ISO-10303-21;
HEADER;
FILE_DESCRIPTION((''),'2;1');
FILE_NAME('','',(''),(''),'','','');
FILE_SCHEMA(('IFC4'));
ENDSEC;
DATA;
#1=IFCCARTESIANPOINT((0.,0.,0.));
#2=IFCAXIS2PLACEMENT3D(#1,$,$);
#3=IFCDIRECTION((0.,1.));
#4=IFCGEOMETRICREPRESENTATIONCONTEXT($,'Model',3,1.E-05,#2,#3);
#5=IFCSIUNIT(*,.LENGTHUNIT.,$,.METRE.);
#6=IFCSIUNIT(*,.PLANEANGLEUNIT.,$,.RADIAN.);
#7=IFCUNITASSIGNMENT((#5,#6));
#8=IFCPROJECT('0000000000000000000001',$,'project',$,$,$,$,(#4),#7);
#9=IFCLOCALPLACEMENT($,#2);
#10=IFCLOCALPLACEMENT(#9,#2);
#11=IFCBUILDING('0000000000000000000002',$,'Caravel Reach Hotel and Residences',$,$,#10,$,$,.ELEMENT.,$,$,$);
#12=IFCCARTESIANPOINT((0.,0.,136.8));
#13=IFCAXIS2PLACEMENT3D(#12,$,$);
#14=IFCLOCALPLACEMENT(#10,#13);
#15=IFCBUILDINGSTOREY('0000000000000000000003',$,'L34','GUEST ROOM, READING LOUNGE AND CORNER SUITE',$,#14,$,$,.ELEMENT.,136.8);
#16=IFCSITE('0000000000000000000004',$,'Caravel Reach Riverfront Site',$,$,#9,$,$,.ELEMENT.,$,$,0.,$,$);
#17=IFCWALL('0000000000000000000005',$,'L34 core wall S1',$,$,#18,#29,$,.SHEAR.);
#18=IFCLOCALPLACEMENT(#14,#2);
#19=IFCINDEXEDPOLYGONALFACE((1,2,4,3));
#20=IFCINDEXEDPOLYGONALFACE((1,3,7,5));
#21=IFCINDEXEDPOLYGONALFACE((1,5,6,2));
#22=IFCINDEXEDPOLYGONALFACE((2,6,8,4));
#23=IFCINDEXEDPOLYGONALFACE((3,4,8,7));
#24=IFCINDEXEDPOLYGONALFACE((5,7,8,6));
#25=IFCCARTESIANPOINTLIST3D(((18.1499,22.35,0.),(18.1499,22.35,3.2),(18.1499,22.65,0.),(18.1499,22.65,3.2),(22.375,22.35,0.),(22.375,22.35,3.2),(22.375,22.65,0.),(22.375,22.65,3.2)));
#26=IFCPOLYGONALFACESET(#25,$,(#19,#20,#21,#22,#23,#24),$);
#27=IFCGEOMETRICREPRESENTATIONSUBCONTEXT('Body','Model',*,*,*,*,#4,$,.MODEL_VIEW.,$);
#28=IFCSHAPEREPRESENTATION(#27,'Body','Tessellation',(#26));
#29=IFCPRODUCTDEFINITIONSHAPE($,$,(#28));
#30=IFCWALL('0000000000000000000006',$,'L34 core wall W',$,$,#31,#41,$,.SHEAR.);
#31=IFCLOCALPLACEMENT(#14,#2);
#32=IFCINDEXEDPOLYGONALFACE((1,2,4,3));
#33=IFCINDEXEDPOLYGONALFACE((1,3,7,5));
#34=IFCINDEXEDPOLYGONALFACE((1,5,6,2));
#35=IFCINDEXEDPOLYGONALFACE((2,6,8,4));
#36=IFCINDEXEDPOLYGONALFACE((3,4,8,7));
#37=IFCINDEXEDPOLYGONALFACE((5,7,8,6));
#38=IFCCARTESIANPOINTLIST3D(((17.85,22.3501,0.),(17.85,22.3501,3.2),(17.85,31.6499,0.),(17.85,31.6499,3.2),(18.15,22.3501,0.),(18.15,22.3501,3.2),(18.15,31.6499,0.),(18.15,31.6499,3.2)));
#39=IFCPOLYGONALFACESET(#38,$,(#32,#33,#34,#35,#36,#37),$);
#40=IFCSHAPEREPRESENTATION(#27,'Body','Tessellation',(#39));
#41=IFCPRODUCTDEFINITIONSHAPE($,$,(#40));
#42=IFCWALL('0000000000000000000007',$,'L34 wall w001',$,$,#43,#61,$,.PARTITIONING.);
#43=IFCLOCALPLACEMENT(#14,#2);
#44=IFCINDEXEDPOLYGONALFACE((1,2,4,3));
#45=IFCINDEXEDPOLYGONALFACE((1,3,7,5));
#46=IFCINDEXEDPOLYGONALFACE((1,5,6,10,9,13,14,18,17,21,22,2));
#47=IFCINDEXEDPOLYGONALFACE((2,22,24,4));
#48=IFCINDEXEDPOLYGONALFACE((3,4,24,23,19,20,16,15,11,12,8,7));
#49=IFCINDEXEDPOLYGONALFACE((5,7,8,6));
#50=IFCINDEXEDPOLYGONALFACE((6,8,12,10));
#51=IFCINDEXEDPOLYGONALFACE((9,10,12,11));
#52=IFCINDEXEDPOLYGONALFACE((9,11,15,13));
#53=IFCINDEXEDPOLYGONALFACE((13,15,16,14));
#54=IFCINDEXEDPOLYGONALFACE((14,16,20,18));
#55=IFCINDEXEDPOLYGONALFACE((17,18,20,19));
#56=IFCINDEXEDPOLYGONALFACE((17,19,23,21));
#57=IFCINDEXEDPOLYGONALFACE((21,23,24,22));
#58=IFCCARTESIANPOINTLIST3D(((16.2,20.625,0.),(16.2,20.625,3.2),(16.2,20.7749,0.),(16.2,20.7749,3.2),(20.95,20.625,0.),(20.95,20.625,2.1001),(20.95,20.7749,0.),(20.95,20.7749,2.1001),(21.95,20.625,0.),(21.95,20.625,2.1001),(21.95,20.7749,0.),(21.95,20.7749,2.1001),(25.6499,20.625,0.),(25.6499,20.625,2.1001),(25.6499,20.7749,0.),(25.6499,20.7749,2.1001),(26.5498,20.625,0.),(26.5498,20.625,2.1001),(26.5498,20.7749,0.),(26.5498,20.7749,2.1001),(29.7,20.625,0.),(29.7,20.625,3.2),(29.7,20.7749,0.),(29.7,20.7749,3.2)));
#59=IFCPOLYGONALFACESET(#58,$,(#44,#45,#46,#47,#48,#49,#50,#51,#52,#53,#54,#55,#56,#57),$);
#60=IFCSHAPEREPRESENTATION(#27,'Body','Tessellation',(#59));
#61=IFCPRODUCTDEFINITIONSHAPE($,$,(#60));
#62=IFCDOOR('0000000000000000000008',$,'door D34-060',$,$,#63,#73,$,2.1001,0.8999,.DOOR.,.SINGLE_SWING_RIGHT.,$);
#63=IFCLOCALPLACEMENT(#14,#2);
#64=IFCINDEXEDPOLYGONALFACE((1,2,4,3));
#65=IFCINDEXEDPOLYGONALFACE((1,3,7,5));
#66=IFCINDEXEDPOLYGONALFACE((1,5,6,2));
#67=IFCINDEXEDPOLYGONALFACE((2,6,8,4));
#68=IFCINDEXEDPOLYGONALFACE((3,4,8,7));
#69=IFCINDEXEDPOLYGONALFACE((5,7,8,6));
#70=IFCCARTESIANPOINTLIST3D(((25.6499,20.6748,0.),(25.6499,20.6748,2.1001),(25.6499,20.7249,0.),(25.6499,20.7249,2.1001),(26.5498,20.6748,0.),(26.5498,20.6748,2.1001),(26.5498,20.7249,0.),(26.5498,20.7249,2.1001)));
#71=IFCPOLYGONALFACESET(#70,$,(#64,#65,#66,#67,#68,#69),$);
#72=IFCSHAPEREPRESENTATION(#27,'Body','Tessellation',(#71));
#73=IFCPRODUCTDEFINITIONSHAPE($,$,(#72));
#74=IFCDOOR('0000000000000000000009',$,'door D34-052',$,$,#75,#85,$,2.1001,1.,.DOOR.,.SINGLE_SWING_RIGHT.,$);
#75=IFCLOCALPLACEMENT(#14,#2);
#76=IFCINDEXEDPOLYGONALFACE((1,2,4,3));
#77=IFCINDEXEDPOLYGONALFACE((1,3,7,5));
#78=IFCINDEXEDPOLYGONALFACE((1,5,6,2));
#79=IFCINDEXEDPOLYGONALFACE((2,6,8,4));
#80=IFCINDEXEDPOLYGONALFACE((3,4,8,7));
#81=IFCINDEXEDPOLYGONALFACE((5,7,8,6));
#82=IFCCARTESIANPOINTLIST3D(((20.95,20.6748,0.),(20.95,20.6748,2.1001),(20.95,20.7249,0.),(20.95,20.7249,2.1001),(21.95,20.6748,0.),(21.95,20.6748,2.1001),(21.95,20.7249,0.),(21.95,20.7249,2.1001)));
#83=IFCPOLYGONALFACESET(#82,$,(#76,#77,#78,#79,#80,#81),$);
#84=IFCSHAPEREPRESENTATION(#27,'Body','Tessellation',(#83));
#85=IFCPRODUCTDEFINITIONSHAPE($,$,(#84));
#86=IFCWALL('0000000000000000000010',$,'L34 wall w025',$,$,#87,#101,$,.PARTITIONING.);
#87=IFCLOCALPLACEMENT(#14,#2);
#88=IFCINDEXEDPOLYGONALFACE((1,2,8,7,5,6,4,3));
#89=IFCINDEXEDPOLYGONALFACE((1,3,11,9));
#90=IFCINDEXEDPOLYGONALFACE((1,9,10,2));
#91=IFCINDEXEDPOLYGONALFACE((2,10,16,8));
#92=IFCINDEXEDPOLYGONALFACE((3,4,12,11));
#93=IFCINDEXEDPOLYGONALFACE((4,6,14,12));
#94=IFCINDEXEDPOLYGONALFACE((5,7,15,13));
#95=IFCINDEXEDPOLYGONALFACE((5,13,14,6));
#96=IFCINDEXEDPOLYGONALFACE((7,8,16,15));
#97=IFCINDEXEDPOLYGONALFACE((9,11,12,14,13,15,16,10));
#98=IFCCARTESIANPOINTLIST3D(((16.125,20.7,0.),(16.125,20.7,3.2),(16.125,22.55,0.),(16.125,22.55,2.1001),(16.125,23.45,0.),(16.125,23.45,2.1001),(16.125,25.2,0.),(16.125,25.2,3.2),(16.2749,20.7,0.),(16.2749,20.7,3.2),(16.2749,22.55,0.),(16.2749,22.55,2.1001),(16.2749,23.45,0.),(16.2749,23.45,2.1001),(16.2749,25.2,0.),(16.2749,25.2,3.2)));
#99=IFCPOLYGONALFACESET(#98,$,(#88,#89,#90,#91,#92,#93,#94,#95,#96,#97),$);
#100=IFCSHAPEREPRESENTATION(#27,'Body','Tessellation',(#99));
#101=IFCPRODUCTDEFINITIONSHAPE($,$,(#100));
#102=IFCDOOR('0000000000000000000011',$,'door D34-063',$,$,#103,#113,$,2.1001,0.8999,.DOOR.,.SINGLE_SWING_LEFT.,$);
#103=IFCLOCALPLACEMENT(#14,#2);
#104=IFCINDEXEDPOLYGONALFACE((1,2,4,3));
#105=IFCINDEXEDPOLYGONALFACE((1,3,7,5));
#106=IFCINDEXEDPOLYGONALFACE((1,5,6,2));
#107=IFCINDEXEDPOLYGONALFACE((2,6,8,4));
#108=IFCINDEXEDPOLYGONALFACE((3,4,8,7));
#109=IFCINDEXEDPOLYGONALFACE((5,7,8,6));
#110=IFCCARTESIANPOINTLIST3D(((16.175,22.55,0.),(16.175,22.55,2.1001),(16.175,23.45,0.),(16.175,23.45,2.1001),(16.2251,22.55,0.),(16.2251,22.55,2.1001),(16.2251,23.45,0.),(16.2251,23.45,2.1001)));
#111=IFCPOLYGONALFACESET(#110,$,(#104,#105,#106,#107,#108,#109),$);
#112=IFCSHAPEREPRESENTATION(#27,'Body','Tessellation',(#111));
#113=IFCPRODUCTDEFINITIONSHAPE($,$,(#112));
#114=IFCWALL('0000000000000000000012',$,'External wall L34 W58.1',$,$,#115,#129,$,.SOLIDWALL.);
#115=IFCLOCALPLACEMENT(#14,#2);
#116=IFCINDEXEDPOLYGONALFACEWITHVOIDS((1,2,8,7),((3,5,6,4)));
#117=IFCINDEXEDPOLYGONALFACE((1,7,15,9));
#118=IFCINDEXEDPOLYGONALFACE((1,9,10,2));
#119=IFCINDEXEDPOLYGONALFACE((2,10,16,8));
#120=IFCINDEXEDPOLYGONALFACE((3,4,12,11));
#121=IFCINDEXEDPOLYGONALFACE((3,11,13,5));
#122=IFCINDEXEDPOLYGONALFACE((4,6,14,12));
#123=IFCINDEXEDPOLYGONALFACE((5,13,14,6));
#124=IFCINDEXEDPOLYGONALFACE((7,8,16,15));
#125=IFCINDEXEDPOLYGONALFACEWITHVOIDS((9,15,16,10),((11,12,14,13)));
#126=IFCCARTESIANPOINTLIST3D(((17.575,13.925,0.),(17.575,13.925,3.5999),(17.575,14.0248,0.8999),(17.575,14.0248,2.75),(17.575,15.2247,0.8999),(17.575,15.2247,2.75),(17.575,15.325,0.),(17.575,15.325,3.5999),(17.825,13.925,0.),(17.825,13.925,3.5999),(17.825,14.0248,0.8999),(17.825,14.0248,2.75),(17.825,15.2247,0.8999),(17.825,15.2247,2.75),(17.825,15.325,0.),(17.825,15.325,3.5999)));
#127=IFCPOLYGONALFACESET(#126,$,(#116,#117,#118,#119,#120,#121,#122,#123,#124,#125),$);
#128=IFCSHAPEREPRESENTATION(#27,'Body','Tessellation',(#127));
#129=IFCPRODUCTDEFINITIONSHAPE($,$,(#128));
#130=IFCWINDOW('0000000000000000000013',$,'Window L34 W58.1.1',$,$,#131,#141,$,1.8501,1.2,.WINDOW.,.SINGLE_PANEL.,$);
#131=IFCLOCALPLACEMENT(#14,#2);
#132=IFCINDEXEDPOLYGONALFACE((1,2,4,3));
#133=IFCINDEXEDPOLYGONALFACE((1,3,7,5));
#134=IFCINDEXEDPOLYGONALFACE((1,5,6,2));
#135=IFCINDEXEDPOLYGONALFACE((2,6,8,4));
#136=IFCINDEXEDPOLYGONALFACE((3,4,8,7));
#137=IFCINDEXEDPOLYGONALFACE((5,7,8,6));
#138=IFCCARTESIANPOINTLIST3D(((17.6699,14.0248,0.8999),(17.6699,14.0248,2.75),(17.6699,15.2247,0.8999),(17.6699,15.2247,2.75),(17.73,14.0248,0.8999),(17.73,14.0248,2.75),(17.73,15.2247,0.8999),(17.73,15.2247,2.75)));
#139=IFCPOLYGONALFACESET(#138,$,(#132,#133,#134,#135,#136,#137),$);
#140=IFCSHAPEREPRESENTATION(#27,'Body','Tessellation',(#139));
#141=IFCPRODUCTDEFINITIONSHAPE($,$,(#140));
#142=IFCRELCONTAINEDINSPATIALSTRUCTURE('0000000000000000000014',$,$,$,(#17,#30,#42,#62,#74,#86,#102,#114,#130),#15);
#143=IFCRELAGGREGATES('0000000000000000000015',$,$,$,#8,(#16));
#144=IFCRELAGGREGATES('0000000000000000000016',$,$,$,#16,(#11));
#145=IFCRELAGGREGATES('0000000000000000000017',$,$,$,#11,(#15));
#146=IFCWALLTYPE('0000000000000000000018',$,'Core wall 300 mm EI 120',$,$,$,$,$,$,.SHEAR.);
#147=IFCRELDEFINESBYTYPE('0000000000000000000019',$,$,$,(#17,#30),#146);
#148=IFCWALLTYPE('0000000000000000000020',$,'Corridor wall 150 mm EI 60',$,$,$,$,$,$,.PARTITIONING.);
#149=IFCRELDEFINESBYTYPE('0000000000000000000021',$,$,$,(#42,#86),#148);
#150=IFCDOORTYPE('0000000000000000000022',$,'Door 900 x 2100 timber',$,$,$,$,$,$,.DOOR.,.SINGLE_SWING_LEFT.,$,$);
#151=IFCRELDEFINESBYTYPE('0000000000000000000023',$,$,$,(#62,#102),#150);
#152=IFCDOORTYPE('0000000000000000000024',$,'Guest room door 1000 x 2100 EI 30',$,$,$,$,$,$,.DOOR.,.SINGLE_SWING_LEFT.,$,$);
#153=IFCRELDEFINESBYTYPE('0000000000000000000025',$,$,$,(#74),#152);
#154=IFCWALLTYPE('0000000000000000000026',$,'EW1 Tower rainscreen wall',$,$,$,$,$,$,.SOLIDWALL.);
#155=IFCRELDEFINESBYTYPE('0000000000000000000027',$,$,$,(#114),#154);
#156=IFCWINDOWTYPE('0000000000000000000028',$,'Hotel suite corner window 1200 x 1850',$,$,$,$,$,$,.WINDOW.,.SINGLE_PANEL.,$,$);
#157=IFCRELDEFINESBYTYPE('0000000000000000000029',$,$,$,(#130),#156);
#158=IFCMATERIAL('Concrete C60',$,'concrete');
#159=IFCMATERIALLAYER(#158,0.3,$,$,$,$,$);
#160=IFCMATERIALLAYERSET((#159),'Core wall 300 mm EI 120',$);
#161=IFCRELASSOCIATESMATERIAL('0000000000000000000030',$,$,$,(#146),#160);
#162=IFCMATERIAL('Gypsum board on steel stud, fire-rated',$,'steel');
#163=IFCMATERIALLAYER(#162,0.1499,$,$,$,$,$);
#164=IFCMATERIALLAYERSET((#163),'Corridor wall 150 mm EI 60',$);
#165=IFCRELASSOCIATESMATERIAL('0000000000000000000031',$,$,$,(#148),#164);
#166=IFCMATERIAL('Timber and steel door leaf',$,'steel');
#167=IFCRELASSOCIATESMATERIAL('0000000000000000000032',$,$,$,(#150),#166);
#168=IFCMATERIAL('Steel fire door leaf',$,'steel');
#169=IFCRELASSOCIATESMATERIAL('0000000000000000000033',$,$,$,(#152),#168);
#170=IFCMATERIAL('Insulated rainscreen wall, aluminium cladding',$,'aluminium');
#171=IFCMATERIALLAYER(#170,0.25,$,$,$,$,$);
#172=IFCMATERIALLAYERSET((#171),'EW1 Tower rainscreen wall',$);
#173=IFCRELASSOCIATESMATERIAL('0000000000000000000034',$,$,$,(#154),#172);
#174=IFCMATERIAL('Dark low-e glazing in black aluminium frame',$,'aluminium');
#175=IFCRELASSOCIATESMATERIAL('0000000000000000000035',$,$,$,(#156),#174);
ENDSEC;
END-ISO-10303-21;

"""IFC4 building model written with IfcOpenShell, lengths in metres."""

from ifc_helpers import new_model, si_unit, direction, frame, frame_2d, origin, place, context, subcontext, project, spatial, rectangle, extrude, material, layer, layer_set, type_object, element, fill, save


model = new_model("IFC4")

# Units and contexts
model_context = context("Model", 3, precision=1e-05, world=origin(), true_north=direction((0.0, 1.0)))
body_context = subcontext(model_context, "Body", "Model", "MODEL_VIEW")
ifc_project = project(units=[si_unit("LENGTHUNIT", "METRE"), si_unit("PLANEANGLEUNIT", "RADIAN")], contexts=[model_context])

# Site, building, storey
site_placement = place(None, origin())
site = spatial("IfcSite", under=ifc_project, at=site_placement, Name="Caravel Reach Riverfront Site", CompositionType="ELEMENT", RefElevation=0.0)
building_placement = place(site_placement, origin())
building = spatial("IfcBuilding", under=site, at=building_placement, Name="Caravel Reach Hotel and Residences", CompositionType="ELEMENT")
storey_placement = place(building_placement, frame((0.0, 0.0, 136.8)))
storey = spatial("IfcBuildingStorey", under=building, at=storey_placement, Name="L34", Description="GUEST ROOM, READING LOUNGE AND CORNER SUITE", CompositionType="ELEMENT", Elevation=136.8)

# Walls
ifc_material_1 = material(Name="Concrete C60", Category="concrete")
ifc_layer_1 = layer(ifc_material_1, 0.3)
ifc_layer_set_1 = layer_set([ifc_layer_1], Name="Core wall 300 mm EI 120")
wall_type_1 = type_object("IfcWallType", Name="Core wall 300 mm EI 120", PredefinedType="SHEAR", material=ifc_layer_set_1)
wall_1_placement = place(storey_placement, frame((18.1499, 22.5, 0.0), z_axis=(0.0, 0.0, 1.0), x_axis=(1.0, 0.0, 0.0)))
element("IfcWall", 1, at=wall_1_placement, inside=storey, type_object=wall_type_1, Name="L34 core wall S1", PredefinedType="SHEAR", context=body_context, shape_type="SweptSolid", body=[
    extrude(rectangle(XDim=4.2251, YDim=0.3, at=frame_2d((2.1125, 0.0))), origin(), (0.0, 0.0, 1.0), 3.2),
])
wall_2_placement = place(storey_placement, frame((18.0, 22.3501, 0.0), z_axis=(0.0, 0.0, 1.0), x_axis=(0.0, 1.0, 0.0)))
element("IfcWall", 2, at=wall_2_placement, inside=storey, type_object=wall_type_1, Name="L34 core wall W", PredefinedType="SHEAR", context=body_context, shape_type="SweptSolid", body=[
    extrude(rectangle(XDim=9.2998, YDim=0.3, at=frame_2d((4.6499, 0.0))), origin(), (0.0, 0.0, 1.0), 3.2),
])

# Wall, openings, doors
ifc_material_2 = material(Name="Gypsum board on steel stud, fire-rated", Category="steel")
ifc_layer_2 = layer(ifc_material_2, 0.1499)
ifc_layer_set_2 = layer_set([ifc_layer_2], Name="Corridor wall 150 mm EI 60")
wall_type_2 = type_object("IfcWallType", Name="Corridor wall 150 mm EI 60", PredefinedType="PARTITIONING", material=ifc_layer_set_2)
wall_3_placement = place(storey_placement, frame((16.2, 20.7, 0.0), z_axis=(0.0, 0.0, 1.0), x_axis=(1.0, 0.0, 0.0)))
wall_3 = element("IfcWall", 3, at=wall_3_placement, inside=storey, type_object=wall_type_2, Name="L34 wall w001", PredefinedType="PARTITIONING", context=body_context, shape_type="SweptSolid", body=[
    extrude(rectangle(XDim=13.5, YDim=0.1499, at=frame_2d((6.75, 0.0))), origin(), (0.0, 0.0, 1.0), 3.2),
])
opening_1_placement = place(wall_3_placement, frame((4.75, 0.0, 0.0)))
opening_1 = element("IfcOpeningElement", 4, at=opening_1_placement, cuts=wall_3, PredefinedType="OPENING", context=body_context, shape_type="SweptSolid", body=[
    extrude(rectangle(XDim=1.0, YDim=2.1001, at=frame_2d((0.5, 1.05))), frame((0.0, 0.085, 0.0), z_axis=(0.0, -1.0, 0.0), x_axis=(1.0, 0.0, 0.0)), (0.0, 0.0, 1.0), 0.1699),
])
opening_2_placement = place(wall_3_placement, frame((9.45, 0.0, 0.0)))
opening_2 = element("IfcOpeningElement", 5, at=opening_2_placement, cuts=wall_3, PredefinedType="OPENING", context=body_context, shape_type="SweptSolid", body=[
    extrude(rectangle(XDim=0.8999, YDim=2.1001, at=frame_2d((0.45, 1.05))), frame((0.0, 0.085, 0.0), z_axis=(0.0, -1.0, 0.0), x_axis=(1.0, 0.0, 0.0)), (0.0, 0.0, 1.0), 0.1699),
])
ifc_material_3 = material(Name="Timber and steel door leaf", Category="steel")
door_type_1 = type_object("IfcDoorType", Name="Door 900 x 2100 timber", OperationType="SINGLE_SWING_LEFT", PredefinedType="DOOR", material=ifc_material_3)
door_1_placement = place(opening_2_placement, origin())
door_1 = element("IfcDoor", 6, at=door_1_placement, inside=storey, type_object=door_type_1, Name="door D34-060", OperationType="SINGLE_SWING_RIGHT", OverallHeight=2.1001, OverallWidth=0.8999, PredefinedType="DOOR", context=body_context, shape_type="SweptSolid", body=[
    extrude(rectangle(XDim=0.8999, YDim=2.1001, at=frame_2d((0.45, 1.05))), frame((0.0, 0.0249, 0.0), z_axis=(0.0, -1.0, 0.0), x_axis=(1.0, 0.0, 0.0)), (0.0, 0.0, 1.0), 0.05),
])
fill(opening_2, door_1)
ifc_material_4 = material(Name="Steel fire door leaf", Category="steel")
door_type_2 = type_object("IfcDoorType", Name="Guest room door 1000 x 2100 EI 30", OperationType="SINGLE_SWING_LEFT", PredefinedType="DOOR", material=ifc_material_4)
door_2_placement = place(opening_1_placement, origin())
door_2 = element("IfcDoor", 7, at=door_2_placement, inside=storey, type_object=door_type_2, Name="door D34-052", OperationType="SINGLE_SWING_RIGHT", OverallHeight=2.1001, OverallWidth=1.0, PredefinedType="DOOR", context=body_context, shape_type="SweptSolid", body=[
    extrude(rectangle(XDim=1.0, YDim=2.1001, at=frame_2d((0.5, 1.05))), frame((0.0, 0.0249, 0.0), z_axis=(0.0, -1.0, 0.0), x_axis=(1.0, 0.0, 0.0)), (0.0, 0.0, 1.0), 0.05),
])
fill(opening_1, door_2)

# Wall, opening, door
wall_4_placement = place(storey_placement, frame((16.2, 20.7, 0.0), z_axis=(0.0, 0.0, 1.0), x_axis=(0.0, 1.0, 0.0)))
wall_4 = element("IfcWall", 8, at=wall_4_placement, inside=storey, type_object=wall_type_2, Name="L34 wall w025", PredefinedType="PARTITIONING", context=body_context, shape_type="SweptSolid", body=[
    extrude(rectangle(XDim=4.5, YDim=0.1499, at=frame_2d((2.25, 0.0))), origin(), (0.0, 0.0, 1.0), 3.2),
])
opening_3_placement = place(wall_4_placement, frame((1.8501, 0.0, 0.0)))
opening_3 = element("IfcOpeningElement", 9, at=opening_3_placement, cuts=wall_4, PredefinedType="OPENING", context=body_context, shape_type="SweptSolid", body=[
    extrude(rectangle(XDim=0.8999, YDim=2.1001, at=frame_2d((0.45, 1.05))), frame((0.0, 0.085, 0.0), z_axis=(0.0, -1.0, 0.0), x_axis=(1.0, 0.0, 0.0)), (0.0, 0.0, 1.0), 0.1699),
])
door_3_placement = place(opening_3_placement, origin())
door_3 = element("IfcDoor", 10, at=door_3_placement, inside=storey, type_object=door_type_1, Name="door D34-063", OperationType="SINGLE_SWING_LEFT", OverallHeight=2.1001, OverallWidth=0.8999, PredefinedType="DOOR", context=body_context, shape_type="SweptSolid", body=[
    extrude(rectangle(XDim=0.8999, YDim=2.1001, at=frame_2d((0.45, 1.05))), frame((0.0, 0.0249, 0.0), z_axis=(0.0, -1.0, 0.0), x_axis=(1.0, 0.0, 0.0)), (0.0, 0.0, 1.0), 0.05),
])
fill(opening_3, door_3)

# Wall, opening, window
ifc_material_5 = material(Name="Insulated rainscreen wall, aluminium cladding", Category="aluminium")
ifc_layer_3 = layer(ifc_material_5, 0.25)
ifc_layer_set_3 = layer_set([ifc_layer_3], Name="EW1 Tower rainscreen wall")
wall_type_3 = type_object("IfcWallType", Name="EW1 Tower rainscreen wall", PredefinedType="SOLIDWALL", material=ifc_layer_set_3)
wall_5_placement = place(storey_placement, frame((17.7, 15.325, 0.0), z_axis=(0.0, 0.0, 1.0), x_axis=(0.0, -1.0, 0.0)))
wall_5 = element("IfcWall", 11, at=wall_5_placement, inside=storey, type_object=wall_type_3, Name="External wall L34 W58.1", PredefinedType="SOLIDWALL", context=body_context, shape_type="SweptSolid", body=[
    extrude(rectangle(XDim=1.3999, YDim=0.25, at=frame_2d((0.7, 0.0))), origin(), (0.0, 0.0, 1.0), 3.5999),
])
opening_4_placement = place(wall_5_placement, frame((0.1001, 0.0, 0.8999)))
opening_4 = element("IfcOpeningElement", 12, at=opening_4_placement, cuts=wall_5, PredefinedType="OPENING", context=body_context, shape_type="SweptSolid", body=[
    extrude(rectangle(XDim=1.2, YDim=1.8501, at=frame_2d((0.6001, 0.925))), frame((0.0, 0.135, 0.0), z_axis=(0.0, -1.0, 0.0), x_axis=(1.0, 0.0, 0.0)), (0.0, 0.0, 1.0), 0.27),
])
ifc_material_6 = material(Name="Dark low-e glazing in black aluminium frame", Category="aluminium")
window_type = type_object("IfcWindowType", Name="Hotel suite corner window 1200 x 1850", PartitioningType="SINGLE_PANEL", PredefinedType="WINDOW", material=ifc_material_6)
window_placement = place(opening_4_placement, origin())
window = element("IfcWindow", 13, at=window_placement, inside=storey, type_object=window_type, Name="Window L34 W58.1.1", OverallHeight=1.8501, OverallWidth=1.2, PartitioningType="SINGLE_PANEL", PredefinedType="WINDOW", context=body_context, shape_type="SweptSolid", body=[
    extrude(rectangle(XDim=1.2, YDim=1.8501, at=frame_2d((0.6001, 0.925))), frame((0.0, 0.03, 0.0), z_axis=(0.0, -1.0, 0.0), x_axis=(1.0, 0.0, 0.0)), (0.0, 0.0, 1.0), 0.0601),
])
fill(opening_4, window)

save(model, "model.ifc")
